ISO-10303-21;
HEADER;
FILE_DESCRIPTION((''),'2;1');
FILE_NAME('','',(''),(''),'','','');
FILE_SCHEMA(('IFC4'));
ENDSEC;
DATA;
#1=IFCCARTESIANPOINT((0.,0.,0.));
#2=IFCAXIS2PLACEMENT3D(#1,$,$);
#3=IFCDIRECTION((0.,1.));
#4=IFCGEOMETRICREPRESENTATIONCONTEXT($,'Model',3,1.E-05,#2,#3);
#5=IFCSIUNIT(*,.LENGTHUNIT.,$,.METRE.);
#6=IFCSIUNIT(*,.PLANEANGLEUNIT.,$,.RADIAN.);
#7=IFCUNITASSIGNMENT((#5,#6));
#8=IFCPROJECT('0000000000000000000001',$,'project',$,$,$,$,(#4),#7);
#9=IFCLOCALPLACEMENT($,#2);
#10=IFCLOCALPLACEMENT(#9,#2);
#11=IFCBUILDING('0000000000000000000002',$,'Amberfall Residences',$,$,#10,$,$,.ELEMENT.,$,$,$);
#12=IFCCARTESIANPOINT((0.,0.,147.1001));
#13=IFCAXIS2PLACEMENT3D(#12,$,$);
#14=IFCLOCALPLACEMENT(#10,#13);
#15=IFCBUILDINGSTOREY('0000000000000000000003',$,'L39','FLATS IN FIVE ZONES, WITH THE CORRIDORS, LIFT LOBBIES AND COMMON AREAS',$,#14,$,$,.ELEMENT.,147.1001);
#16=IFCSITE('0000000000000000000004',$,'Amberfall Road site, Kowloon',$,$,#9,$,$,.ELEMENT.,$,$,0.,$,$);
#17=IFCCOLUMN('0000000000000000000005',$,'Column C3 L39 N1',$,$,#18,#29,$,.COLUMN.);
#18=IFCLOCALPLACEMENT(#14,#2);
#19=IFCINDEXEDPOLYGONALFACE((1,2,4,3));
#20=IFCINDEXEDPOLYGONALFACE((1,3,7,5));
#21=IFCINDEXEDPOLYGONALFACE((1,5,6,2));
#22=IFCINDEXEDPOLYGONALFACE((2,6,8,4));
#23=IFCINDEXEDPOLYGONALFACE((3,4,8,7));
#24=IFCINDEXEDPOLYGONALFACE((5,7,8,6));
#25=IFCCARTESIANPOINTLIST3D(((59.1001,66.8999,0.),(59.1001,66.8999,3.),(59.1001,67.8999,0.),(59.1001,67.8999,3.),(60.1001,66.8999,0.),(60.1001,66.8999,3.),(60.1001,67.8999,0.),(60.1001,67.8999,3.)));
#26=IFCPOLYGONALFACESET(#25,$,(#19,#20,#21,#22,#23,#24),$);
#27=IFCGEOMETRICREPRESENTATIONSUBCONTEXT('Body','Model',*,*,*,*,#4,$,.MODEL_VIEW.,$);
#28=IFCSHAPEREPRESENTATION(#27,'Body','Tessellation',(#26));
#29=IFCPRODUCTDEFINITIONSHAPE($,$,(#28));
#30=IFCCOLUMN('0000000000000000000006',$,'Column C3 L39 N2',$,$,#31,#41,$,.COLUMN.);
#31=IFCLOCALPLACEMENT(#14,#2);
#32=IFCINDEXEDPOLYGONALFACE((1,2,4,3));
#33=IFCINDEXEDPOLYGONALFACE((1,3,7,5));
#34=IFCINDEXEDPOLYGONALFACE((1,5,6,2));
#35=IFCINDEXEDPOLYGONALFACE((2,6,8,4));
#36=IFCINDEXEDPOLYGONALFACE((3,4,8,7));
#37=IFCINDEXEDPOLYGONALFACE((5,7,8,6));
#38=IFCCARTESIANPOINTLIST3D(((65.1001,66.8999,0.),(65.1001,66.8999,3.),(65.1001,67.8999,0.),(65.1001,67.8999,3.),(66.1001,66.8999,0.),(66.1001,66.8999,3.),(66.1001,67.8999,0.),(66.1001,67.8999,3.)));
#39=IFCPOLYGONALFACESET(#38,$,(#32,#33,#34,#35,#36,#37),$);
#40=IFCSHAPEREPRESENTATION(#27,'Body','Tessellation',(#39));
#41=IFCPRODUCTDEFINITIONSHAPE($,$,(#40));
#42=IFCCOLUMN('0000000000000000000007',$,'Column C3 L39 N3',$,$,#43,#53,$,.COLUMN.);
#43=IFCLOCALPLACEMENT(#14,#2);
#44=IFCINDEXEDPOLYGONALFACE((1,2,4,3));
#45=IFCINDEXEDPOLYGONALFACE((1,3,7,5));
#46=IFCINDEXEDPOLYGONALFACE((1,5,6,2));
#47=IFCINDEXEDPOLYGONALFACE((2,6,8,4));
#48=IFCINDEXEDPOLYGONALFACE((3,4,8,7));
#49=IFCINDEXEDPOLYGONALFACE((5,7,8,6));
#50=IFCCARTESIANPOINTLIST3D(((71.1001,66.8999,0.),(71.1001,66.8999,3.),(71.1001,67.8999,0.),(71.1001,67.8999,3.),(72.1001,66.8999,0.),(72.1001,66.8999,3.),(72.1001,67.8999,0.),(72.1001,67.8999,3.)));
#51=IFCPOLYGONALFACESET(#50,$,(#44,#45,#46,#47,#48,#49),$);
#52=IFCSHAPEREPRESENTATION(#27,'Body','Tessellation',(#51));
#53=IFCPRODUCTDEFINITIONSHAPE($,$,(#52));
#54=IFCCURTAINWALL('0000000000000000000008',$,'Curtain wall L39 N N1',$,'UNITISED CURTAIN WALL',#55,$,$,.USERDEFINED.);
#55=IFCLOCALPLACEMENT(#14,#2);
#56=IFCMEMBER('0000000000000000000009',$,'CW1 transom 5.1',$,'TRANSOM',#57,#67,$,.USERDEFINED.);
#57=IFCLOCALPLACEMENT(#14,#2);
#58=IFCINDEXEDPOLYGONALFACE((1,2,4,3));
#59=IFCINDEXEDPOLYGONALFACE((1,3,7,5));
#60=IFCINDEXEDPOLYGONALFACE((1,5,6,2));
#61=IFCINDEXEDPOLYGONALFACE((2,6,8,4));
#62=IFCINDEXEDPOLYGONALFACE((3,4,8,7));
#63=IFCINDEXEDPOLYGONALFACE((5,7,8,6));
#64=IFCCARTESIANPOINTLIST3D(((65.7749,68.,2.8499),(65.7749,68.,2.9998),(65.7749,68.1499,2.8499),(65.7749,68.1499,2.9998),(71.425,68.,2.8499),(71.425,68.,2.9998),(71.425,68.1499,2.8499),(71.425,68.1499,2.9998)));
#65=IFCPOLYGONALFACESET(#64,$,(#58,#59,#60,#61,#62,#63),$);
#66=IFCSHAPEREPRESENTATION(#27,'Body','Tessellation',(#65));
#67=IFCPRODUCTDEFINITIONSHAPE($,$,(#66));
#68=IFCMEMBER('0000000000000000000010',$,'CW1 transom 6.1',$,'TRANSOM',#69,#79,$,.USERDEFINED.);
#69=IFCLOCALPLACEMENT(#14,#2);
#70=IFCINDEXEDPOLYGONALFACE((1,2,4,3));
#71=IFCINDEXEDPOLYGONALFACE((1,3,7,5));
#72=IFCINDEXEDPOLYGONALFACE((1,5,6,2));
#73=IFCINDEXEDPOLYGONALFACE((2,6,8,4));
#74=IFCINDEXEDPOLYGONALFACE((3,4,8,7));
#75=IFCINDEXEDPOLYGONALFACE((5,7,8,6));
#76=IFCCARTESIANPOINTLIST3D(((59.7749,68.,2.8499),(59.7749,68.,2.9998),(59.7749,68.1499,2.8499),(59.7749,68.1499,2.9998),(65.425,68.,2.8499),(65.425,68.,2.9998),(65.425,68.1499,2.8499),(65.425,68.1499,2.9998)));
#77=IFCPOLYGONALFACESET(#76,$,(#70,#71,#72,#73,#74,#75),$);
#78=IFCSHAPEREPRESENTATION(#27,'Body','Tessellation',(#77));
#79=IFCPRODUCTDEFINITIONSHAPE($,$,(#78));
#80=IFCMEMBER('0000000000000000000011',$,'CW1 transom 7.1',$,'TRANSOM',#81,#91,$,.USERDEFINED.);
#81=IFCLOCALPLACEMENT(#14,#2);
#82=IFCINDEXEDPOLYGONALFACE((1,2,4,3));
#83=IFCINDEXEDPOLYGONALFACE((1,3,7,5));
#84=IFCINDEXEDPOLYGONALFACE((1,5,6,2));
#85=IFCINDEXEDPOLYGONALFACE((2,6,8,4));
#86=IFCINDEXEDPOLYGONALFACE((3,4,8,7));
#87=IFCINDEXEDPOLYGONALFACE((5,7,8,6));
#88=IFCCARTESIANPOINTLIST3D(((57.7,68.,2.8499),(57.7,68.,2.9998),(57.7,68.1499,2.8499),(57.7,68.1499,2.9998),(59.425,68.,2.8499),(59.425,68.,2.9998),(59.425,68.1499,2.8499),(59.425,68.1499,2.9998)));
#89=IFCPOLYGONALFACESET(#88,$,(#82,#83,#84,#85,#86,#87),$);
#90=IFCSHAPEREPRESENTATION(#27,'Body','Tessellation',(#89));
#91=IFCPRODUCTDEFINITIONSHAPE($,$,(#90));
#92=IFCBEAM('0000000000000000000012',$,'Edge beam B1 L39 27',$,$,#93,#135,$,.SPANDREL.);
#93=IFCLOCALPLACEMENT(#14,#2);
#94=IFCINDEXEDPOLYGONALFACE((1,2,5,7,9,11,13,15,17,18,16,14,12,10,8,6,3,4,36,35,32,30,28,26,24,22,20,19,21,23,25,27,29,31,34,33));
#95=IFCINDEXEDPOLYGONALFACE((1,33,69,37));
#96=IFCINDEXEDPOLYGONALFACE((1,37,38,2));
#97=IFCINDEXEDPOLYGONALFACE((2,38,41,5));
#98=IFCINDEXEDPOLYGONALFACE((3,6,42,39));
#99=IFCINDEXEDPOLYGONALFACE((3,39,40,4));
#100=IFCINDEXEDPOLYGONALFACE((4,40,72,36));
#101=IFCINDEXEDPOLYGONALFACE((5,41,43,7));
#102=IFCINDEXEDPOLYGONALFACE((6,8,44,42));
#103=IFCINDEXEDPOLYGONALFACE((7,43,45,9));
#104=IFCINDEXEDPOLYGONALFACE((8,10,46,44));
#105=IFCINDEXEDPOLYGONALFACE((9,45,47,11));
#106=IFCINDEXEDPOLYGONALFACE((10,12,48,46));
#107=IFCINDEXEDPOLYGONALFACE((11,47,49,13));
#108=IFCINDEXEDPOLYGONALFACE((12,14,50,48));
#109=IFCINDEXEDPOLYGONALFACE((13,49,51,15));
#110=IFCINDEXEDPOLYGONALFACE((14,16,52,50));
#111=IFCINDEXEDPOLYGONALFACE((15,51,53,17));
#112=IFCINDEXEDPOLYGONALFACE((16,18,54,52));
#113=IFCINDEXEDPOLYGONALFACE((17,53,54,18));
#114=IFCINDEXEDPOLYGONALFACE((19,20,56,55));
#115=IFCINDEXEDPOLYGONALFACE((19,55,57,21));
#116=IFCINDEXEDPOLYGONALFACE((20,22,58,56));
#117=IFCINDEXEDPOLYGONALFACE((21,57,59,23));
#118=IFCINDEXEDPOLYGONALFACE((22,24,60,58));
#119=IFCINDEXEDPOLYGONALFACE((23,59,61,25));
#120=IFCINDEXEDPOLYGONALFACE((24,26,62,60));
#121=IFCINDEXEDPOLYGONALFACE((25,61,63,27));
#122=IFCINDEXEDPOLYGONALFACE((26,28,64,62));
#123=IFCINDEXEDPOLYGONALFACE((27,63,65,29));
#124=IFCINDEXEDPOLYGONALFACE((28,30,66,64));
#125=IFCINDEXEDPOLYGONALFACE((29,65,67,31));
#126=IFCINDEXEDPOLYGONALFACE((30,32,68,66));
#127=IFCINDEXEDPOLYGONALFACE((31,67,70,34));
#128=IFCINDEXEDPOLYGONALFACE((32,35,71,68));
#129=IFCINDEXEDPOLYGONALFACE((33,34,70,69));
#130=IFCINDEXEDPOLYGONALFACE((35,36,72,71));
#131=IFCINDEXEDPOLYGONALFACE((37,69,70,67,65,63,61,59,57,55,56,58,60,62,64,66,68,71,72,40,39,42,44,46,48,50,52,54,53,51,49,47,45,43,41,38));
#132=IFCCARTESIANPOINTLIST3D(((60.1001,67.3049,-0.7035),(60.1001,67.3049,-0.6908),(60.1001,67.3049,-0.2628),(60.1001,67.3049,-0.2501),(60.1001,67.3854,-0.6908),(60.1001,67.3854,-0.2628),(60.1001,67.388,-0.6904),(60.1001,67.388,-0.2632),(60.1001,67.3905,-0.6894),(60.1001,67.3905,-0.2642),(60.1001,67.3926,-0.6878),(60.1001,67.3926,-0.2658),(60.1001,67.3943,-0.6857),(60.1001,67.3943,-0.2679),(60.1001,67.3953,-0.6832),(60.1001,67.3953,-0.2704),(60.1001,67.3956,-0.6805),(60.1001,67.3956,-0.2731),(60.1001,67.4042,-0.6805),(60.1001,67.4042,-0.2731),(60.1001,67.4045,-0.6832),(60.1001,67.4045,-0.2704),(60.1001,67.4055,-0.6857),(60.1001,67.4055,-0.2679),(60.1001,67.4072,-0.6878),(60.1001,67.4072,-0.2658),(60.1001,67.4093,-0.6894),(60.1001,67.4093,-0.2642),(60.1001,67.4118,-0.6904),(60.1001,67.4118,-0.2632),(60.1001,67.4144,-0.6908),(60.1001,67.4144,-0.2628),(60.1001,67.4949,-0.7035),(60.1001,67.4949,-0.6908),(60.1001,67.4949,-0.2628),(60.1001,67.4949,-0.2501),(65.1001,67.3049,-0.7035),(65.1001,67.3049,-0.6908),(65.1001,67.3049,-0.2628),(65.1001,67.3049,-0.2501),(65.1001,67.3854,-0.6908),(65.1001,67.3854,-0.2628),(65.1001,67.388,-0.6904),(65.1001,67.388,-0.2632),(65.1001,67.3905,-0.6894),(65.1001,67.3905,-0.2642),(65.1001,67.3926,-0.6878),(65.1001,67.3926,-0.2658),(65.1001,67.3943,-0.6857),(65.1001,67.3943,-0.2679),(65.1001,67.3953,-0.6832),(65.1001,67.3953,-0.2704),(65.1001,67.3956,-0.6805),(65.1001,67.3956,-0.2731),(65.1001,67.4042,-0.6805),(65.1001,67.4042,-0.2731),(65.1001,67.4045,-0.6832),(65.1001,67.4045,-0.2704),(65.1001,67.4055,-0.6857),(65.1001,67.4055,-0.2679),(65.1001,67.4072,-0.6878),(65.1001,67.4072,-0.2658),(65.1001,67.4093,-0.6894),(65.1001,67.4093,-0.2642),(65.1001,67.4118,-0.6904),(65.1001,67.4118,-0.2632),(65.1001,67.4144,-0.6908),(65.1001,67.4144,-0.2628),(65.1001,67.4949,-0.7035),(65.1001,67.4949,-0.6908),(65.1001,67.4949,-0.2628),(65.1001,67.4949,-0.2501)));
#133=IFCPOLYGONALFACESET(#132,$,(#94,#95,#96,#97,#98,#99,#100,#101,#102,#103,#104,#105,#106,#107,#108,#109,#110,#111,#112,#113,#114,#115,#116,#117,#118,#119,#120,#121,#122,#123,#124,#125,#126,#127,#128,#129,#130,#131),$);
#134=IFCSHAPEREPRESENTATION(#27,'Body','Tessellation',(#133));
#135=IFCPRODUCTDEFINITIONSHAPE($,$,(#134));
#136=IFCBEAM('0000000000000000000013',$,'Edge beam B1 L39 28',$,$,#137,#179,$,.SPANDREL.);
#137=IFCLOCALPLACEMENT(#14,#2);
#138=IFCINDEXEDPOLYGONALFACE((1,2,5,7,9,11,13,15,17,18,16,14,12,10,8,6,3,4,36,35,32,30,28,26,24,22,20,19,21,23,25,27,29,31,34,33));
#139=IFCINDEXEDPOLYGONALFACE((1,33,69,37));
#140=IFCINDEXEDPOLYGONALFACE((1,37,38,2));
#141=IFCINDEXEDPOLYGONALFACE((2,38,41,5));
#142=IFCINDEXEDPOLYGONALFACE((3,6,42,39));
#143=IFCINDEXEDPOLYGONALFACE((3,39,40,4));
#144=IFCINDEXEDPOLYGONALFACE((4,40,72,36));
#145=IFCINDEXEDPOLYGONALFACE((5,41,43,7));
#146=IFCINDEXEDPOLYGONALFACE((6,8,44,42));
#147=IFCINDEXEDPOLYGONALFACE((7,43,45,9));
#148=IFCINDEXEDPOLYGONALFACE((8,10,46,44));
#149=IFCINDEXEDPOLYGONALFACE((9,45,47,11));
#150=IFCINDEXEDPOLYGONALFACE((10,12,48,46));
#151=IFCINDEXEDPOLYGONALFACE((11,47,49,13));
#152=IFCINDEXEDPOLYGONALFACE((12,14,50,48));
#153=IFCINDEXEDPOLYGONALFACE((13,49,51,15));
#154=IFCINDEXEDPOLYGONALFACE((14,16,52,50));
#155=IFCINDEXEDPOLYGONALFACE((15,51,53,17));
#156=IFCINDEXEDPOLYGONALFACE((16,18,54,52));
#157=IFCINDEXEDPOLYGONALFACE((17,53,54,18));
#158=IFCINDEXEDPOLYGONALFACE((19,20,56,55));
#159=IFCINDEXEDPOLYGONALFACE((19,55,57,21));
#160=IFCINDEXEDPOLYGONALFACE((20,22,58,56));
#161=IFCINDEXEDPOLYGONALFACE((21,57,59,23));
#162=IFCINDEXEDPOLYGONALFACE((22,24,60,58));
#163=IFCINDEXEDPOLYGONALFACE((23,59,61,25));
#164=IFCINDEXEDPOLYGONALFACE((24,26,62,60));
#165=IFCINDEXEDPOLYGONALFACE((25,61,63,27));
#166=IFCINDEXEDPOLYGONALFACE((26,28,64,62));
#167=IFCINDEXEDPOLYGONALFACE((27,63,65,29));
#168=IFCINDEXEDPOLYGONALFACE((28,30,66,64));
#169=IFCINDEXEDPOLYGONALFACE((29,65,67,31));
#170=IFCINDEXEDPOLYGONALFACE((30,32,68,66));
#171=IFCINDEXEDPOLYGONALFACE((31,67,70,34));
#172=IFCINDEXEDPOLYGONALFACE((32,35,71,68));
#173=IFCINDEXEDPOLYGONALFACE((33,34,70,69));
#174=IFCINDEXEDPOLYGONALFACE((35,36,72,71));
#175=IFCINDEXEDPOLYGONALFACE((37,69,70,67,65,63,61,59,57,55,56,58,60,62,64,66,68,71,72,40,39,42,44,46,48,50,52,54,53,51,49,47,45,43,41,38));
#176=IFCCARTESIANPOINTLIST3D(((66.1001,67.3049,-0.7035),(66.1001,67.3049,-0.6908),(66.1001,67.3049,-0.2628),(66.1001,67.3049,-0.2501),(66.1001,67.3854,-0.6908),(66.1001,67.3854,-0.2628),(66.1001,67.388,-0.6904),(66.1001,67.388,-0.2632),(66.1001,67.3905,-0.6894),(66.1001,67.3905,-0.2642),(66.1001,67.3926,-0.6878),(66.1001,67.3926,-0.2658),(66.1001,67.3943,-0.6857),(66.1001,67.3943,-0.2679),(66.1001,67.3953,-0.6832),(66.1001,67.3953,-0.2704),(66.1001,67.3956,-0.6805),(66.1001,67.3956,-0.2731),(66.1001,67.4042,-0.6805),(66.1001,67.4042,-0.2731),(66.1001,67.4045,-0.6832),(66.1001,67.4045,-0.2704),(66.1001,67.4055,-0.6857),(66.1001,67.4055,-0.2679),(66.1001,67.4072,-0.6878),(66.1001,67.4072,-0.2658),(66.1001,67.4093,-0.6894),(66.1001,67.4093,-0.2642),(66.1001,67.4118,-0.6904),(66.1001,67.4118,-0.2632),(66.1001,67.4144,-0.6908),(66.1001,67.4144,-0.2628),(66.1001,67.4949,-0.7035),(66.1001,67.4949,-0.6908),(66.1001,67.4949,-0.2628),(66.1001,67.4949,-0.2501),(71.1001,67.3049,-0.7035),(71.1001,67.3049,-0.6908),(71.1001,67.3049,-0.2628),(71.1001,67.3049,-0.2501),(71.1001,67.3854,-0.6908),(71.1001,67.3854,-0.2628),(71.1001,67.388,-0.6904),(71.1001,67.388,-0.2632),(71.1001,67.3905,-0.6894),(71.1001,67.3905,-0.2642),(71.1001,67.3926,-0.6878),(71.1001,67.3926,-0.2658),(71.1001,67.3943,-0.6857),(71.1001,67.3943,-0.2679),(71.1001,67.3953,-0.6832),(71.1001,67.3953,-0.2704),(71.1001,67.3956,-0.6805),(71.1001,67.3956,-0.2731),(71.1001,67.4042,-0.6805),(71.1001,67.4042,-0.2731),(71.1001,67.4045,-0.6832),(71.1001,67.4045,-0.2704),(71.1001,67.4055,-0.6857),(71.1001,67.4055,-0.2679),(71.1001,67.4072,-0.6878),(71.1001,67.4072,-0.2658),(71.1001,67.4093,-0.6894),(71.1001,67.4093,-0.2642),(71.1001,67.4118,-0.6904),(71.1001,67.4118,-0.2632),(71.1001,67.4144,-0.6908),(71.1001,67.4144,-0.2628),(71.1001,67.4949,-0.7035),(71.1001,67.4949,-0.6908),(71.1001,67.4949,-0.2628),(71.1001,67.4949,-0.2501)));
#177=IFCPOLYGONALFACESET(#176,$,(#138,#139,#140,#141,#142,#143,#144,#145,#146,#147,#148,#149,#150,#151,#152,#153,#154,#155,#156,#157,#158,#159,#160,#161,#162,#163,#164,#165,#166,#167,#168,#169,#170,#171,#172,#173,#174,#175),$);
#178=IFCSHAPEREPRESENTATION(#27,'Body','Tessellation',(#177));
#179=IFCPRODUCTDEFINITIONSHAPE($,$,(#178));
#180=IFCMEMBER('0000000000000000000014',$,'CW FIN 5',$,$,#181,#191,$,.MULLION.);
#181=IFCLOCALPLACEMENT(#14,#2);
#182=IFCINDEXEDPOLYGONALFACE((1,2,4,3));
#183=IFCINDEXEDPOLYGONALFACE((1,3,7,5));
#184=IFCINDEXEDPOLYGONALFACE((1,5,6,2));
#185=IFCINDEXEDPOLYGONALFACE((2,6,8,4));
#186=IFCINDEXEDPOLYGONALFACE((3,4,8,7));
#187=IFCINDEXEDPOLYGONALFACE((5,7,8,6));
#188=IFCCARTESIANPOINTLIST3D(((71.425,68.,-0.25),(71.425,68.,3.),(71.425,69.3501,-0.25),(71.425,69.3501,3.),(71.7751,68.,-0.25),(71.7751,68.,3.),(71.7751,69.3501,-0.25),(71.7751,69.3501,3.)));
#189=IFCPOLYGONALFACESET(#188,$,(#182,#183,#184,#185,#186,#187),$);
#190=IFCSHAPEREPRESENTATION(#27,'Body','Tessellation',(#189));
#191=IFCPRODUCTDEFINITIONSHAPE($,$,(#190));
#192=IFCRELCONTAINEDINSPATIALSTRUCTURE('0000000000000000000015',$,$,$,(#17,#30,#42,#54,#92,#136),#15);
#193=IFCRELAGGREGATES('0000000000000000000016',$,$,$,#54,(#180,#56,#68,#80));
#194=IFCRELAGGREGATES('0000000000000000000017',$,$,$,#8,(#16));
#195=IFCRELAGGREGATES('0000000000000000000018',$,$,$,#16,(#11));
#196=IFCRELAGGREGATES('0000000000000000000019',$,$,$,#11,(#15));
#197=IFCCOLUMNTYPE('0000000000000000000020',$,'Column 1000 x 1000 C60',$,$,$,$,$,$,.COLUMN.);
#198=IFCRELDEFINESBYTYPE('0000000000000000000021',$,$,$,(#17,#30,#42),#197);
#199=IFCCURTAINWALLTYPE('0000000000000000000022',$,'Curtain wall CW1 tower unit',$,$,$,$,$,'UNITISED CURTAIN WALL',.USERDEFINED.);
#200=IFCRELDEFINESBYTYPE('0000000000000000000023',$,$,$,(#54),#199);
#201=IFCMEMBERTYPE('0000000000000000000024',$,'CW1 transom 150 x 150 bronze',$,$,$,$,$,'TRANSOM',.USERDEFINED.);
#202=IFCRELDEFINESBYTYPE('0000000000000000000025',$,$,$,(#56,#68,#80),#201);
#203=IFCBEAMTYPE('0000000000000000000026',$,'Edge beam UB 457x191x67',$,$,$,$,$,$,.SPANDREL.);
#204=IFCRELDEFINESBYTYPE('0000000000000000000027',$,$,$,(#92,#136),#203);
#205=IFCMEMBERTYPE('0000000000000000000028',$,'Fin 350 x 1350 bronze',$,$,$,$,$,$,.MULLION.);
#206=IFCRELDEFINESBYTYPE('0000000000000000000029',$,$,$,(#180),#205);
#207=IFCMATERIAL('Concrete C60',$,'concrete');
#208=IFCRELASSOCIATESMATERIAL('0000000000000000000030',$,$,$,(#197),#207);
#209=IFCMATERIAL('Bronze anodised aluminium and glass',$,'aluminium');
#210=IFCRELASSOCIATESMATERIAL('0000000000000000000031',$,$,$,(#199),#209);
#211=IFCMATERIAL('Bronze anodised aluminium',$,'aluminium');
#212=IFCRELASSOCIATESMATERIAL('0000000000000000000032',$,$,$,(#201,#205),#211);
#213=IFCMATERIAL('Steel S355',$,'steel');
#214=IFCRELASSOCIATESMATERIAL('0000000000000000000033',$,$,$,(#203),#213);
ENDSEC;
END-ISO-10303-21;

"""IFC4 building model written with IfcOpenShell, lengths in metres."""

from ifc_helpers import new_model, si_unit, direction, frame, origin, origin_2d, place, context, subcontext, project, spatial, rectangle, i_section, extrude, material, material_profile, profile_set, type_object, element, aggregate, save


model = new_model("IFC4")

# Units and contexts
model_context = context("Model", 3, precision=1e-05, world=origin(), true_north=direction((0.0, 1.0)))
body_context = subcontext(model_context, "Body", "Model", "MODEL_VIEW")
ifc_project = project(units=[si_unit("LENGTHUNIT", "METRE"), si_unit("PLANEANGLEUNIT", "RADIAN")], contexts=[model_context])

# Site, building, storey
site_placement = place(None, origin())
site = spatial("IfcSite", under=ifc_project, at=site_placement, Name="Amberfall Road site, Kowloon", CompositionType="ELEMENT", RefElevation=0.0)
building_placement = place(site_placement, origin())
building = spatial("IfcBuilding", under=site, at=building_placement, Name="Amberfall Residences", CompositionType="ELEMENT")
storey_placement = place(building_placement, frame((0.0, 0.0, 147.1001)))
storey = spatial("IfcBuildingStorey", under=building, at=storey_placement, Name="L39", Description="FLATS IN FIVE ZONES, WITH THE CORRIDORS, LIFT LOBBIES AND COMMON AREAS", CompositionType="ELEMENT", Elevation=147.1001)

# Columns
ifc_material_1 = material(Name="Concrete C60", Category="concrete")
ifc_material_profile_1 = material_profile(ifc_material_1, rectangle(XDim=1.0, YDim=1.0, at=origin_2d()), Name="Column 1000 x 1000 C60")
ifc_profile_set_1 = profile_set([ifc_material_profile_1], Name="Concrete C60")
column_type = type_object("IfcColumnType", Name="Column 1000 x 1000 C60", PredefinedType="COLUMN", material=ifc_profile_set_1)
for number, where, z_axis, x_axis, name in (
    (1, (59.6001, 67.3999, 0.0), (0.0, 0.0, 1.0), (1.0, 0.0, 0.0), "Column C3 L39 N1"),
    (2, (65.6001, 67.3999, 0.0), (0.0, 0.0, 1.0), (1.0, 0.0, 0.0), "Column C3 L39 N2"),
    (3, (71.6001, 67.3999, 0.0), (0.0, 0.0, 1.0), (1.0, 0.0, 0.0), "Column C3 L39 N3"),
):
    element("IfcColumn", number, at=place(storey_placement, frame(where, z_axis=z_axis, x_axis=x_axis)), inside=storey, type_object=column_type, Name=name, PredefinedType="COLUMN", context=body_context, shape_type="SweptSolid", body=[
        extrude(rectangle(XDim=1.0, YDim=1.0, at=origin_2d()), origin(), (0.0, 0.0, 1.0), 3.0),
    ])

# Curtain wall, members
ifc_material_2 = material(Name="Bronze anodised aluminium and glass", Category="aluminium")
curtain_wall_type = type_object("IfcCurtainWallType", Name="Curtain wall CW1 tower unit", ElementType="UNITISED CURTAIN WALL", PredefinedType="USERDEFINED", material=ifc_material_2)
curtain_wall_placement = place(storey_placement, origin())
curtain_wall = element("IfcCurtainWall", 4, at=curtain_wall_placement, inside=storey, type_object=curtain_wall_type, Name="Curtain wall L39 N N1", ObjectType="UNITISED CURTAIN WALL", PredefinedType="USERDEFINED")
ifc_material_3 = material(Name="Bronze anodised aluminium", Category="aluminium")
ifc_material_profile_2 = material_profile(ifc_material_3, rectangle(XDim=0.1499, YDim=0.1499, at=origin_2d()), Name="CW1 transom 150 x 150 bronze")
ifc_profile_set_2 = profile_set([ifc_material_profile_2], Name="Bronze anodised aluminium")
member_type_1 = type_object("IfcMemberType", Name="CW1 transom 150 x 150 bronze", ElementType="TRANSOM", PredefinedType="USERDEFINED", material=ifc_profile_set_2)
member_1_placement = place(storey_placement, frame((71.425, 68.075, 2.9248), z_axis=(-1.0, 0.0, 0.0), x_axis=(0.0, -1.0, 0.0)))
member_1 = element("IfcMember", 5, at=member_1_placement, type_object=member_type_1, Name="CW1 transom 5.1", ObjectType="TRANSOM", PredefinedType="USERDEFINED", context=body_context, shape_type="SweptSolid", body=[
    extrude(rectangle(XDim=0.1499, YDim=0.1499, at=origin_2d()), origin(), (0.0, 0.0, 1.0), 5.6501),
])
member_2_placement = place(storey_placement, frame((65.425, 68.075, 2.9248), z_axis=(-1.0, 0.0, 0.0), x_axis=(0.0, -1.0, 0.0)))
member_2 = element("IfcMember", 6, at=member_2_placement, type_object=member_type_1, Name="CW1 transom 6.1", ObjectType="TRANSOM", PredefinedType="USERDEFINED", context=body_context, shape_type="SweptSolid", body=[
    extrude(rectangle(XDim=0.1499, YDim=0.1499, at=origin_2d()), origin(), (0.0, 0.0, 1.0), 5.6501),
])
member_3_placement = place(storey_placement, frame((59.425, 68.075, 2.9248), z_axis=(-1.0, 0.0, 0.0), x_axis=(0.0, -1.0, 0.0)))
member_3 = element("IfcMember", 7, at=member_3_placement, type_object=member_type_1, Name="CW1 transom 7.1", ObjectType="TRANSOM", PredefinedType="USERDEFINED", context=body_context, shape_type="SweptSolid", body=[
    extrude(rectangle(XDim=0.1499, YDim=0.1499, at=origin_2d()), origin(), (0.0, 0.0, 1.0), 1.7251),
])

# Beams
ifc_material_4 = material(Name="Steel S355", Category="steel")
ifc_material_profile_3 = material_profile(ifc_material_4, i_section(OverallWidth=0.1899, OverallDepth=0.4534, WebThickness=0.0085, FlangeThickness=0.0127, FilletRadius=0.0103, at=origin_2d()), Name="UB 457x191x67")
ifc_profile_set_3 = profile_set([ifc_material_profile_3], Name="Steel S355")
beam_type_1 = type_object("IfcBeamType", Name="Edge beam UB 457x191x67", PredefinedType="SPANDREL", material=ifc_profile_set_3)
for number, where, z_axis, x_axis, name in (
    (8, (60.1001, 67.3999, -0.4768), (1.0, 0.0, 0.0), (0.0, 1.0, 0.0), "Edge beam B1 L39 27"),
    (9, (66.1001, 67.3999, -0.4768), (1.0, 0.0, 0.0), (0.0, 1.0, 0.0), "Edge beam B1 L39 28"),
):
    element("IfcBeam", number, at=place(storey_placement, frame(where, z_axis=z_axis, x_axis=x_axis)), inside=storey, type_object=beam_type_1, Name=name, PredefinedType="SPANDREL", context=body_context, shape_type="SweptSolid", body=[
        extrude(i_section(OverallWidth=0.1899, OverallDepth=0.4534, WebThickness=0.0085, FlangeThickness=0.0127, FilletRadius=0.0103, at=origin_2d()), origin(), (0.0, 0.0, 1.0), 5.0),
    ])

# Member
ifc_material_profile_4 = material_profile(ifc_material_3, rectangle(XDim=1.3501, YDim=0.3501, at=origin_2d()), Name="Fin 350 x 1350 bronze")
ifc_profile_set_4 = profile_set([ifc_material_profile_4], Name="Bronze anodised aluminium")
member_type_2 = type_object("IfcMemberType", Name="Fin 350 x 1350 bronze", PredefinedType="MULLION", material=ifc_profile_set_4)
member_4_placement = place(storey_placement, frame((71.6001, 68.675, -0.25), z_axis=(0.0, 0.0, 1.0), x_axis=(0.0, -1.0, 0.0)))
member_4 = element("IfcMember", 10, at=member_4_placement, type_object=member_type_2, Name="CW FIN 5", PredefinedType="MULLION", context=body_context, shape_type="SweptSolid", body=[
    extrude(rectangle(XDim=1.3501, YDim=0.3501, at=origin_2d()), origin(), (0.0, 0.0, 1.0), 3.25),
])

aggregate(curtain_wall, [member_4, member_1, member_2, member_3])

save(model, "model.ifc")
